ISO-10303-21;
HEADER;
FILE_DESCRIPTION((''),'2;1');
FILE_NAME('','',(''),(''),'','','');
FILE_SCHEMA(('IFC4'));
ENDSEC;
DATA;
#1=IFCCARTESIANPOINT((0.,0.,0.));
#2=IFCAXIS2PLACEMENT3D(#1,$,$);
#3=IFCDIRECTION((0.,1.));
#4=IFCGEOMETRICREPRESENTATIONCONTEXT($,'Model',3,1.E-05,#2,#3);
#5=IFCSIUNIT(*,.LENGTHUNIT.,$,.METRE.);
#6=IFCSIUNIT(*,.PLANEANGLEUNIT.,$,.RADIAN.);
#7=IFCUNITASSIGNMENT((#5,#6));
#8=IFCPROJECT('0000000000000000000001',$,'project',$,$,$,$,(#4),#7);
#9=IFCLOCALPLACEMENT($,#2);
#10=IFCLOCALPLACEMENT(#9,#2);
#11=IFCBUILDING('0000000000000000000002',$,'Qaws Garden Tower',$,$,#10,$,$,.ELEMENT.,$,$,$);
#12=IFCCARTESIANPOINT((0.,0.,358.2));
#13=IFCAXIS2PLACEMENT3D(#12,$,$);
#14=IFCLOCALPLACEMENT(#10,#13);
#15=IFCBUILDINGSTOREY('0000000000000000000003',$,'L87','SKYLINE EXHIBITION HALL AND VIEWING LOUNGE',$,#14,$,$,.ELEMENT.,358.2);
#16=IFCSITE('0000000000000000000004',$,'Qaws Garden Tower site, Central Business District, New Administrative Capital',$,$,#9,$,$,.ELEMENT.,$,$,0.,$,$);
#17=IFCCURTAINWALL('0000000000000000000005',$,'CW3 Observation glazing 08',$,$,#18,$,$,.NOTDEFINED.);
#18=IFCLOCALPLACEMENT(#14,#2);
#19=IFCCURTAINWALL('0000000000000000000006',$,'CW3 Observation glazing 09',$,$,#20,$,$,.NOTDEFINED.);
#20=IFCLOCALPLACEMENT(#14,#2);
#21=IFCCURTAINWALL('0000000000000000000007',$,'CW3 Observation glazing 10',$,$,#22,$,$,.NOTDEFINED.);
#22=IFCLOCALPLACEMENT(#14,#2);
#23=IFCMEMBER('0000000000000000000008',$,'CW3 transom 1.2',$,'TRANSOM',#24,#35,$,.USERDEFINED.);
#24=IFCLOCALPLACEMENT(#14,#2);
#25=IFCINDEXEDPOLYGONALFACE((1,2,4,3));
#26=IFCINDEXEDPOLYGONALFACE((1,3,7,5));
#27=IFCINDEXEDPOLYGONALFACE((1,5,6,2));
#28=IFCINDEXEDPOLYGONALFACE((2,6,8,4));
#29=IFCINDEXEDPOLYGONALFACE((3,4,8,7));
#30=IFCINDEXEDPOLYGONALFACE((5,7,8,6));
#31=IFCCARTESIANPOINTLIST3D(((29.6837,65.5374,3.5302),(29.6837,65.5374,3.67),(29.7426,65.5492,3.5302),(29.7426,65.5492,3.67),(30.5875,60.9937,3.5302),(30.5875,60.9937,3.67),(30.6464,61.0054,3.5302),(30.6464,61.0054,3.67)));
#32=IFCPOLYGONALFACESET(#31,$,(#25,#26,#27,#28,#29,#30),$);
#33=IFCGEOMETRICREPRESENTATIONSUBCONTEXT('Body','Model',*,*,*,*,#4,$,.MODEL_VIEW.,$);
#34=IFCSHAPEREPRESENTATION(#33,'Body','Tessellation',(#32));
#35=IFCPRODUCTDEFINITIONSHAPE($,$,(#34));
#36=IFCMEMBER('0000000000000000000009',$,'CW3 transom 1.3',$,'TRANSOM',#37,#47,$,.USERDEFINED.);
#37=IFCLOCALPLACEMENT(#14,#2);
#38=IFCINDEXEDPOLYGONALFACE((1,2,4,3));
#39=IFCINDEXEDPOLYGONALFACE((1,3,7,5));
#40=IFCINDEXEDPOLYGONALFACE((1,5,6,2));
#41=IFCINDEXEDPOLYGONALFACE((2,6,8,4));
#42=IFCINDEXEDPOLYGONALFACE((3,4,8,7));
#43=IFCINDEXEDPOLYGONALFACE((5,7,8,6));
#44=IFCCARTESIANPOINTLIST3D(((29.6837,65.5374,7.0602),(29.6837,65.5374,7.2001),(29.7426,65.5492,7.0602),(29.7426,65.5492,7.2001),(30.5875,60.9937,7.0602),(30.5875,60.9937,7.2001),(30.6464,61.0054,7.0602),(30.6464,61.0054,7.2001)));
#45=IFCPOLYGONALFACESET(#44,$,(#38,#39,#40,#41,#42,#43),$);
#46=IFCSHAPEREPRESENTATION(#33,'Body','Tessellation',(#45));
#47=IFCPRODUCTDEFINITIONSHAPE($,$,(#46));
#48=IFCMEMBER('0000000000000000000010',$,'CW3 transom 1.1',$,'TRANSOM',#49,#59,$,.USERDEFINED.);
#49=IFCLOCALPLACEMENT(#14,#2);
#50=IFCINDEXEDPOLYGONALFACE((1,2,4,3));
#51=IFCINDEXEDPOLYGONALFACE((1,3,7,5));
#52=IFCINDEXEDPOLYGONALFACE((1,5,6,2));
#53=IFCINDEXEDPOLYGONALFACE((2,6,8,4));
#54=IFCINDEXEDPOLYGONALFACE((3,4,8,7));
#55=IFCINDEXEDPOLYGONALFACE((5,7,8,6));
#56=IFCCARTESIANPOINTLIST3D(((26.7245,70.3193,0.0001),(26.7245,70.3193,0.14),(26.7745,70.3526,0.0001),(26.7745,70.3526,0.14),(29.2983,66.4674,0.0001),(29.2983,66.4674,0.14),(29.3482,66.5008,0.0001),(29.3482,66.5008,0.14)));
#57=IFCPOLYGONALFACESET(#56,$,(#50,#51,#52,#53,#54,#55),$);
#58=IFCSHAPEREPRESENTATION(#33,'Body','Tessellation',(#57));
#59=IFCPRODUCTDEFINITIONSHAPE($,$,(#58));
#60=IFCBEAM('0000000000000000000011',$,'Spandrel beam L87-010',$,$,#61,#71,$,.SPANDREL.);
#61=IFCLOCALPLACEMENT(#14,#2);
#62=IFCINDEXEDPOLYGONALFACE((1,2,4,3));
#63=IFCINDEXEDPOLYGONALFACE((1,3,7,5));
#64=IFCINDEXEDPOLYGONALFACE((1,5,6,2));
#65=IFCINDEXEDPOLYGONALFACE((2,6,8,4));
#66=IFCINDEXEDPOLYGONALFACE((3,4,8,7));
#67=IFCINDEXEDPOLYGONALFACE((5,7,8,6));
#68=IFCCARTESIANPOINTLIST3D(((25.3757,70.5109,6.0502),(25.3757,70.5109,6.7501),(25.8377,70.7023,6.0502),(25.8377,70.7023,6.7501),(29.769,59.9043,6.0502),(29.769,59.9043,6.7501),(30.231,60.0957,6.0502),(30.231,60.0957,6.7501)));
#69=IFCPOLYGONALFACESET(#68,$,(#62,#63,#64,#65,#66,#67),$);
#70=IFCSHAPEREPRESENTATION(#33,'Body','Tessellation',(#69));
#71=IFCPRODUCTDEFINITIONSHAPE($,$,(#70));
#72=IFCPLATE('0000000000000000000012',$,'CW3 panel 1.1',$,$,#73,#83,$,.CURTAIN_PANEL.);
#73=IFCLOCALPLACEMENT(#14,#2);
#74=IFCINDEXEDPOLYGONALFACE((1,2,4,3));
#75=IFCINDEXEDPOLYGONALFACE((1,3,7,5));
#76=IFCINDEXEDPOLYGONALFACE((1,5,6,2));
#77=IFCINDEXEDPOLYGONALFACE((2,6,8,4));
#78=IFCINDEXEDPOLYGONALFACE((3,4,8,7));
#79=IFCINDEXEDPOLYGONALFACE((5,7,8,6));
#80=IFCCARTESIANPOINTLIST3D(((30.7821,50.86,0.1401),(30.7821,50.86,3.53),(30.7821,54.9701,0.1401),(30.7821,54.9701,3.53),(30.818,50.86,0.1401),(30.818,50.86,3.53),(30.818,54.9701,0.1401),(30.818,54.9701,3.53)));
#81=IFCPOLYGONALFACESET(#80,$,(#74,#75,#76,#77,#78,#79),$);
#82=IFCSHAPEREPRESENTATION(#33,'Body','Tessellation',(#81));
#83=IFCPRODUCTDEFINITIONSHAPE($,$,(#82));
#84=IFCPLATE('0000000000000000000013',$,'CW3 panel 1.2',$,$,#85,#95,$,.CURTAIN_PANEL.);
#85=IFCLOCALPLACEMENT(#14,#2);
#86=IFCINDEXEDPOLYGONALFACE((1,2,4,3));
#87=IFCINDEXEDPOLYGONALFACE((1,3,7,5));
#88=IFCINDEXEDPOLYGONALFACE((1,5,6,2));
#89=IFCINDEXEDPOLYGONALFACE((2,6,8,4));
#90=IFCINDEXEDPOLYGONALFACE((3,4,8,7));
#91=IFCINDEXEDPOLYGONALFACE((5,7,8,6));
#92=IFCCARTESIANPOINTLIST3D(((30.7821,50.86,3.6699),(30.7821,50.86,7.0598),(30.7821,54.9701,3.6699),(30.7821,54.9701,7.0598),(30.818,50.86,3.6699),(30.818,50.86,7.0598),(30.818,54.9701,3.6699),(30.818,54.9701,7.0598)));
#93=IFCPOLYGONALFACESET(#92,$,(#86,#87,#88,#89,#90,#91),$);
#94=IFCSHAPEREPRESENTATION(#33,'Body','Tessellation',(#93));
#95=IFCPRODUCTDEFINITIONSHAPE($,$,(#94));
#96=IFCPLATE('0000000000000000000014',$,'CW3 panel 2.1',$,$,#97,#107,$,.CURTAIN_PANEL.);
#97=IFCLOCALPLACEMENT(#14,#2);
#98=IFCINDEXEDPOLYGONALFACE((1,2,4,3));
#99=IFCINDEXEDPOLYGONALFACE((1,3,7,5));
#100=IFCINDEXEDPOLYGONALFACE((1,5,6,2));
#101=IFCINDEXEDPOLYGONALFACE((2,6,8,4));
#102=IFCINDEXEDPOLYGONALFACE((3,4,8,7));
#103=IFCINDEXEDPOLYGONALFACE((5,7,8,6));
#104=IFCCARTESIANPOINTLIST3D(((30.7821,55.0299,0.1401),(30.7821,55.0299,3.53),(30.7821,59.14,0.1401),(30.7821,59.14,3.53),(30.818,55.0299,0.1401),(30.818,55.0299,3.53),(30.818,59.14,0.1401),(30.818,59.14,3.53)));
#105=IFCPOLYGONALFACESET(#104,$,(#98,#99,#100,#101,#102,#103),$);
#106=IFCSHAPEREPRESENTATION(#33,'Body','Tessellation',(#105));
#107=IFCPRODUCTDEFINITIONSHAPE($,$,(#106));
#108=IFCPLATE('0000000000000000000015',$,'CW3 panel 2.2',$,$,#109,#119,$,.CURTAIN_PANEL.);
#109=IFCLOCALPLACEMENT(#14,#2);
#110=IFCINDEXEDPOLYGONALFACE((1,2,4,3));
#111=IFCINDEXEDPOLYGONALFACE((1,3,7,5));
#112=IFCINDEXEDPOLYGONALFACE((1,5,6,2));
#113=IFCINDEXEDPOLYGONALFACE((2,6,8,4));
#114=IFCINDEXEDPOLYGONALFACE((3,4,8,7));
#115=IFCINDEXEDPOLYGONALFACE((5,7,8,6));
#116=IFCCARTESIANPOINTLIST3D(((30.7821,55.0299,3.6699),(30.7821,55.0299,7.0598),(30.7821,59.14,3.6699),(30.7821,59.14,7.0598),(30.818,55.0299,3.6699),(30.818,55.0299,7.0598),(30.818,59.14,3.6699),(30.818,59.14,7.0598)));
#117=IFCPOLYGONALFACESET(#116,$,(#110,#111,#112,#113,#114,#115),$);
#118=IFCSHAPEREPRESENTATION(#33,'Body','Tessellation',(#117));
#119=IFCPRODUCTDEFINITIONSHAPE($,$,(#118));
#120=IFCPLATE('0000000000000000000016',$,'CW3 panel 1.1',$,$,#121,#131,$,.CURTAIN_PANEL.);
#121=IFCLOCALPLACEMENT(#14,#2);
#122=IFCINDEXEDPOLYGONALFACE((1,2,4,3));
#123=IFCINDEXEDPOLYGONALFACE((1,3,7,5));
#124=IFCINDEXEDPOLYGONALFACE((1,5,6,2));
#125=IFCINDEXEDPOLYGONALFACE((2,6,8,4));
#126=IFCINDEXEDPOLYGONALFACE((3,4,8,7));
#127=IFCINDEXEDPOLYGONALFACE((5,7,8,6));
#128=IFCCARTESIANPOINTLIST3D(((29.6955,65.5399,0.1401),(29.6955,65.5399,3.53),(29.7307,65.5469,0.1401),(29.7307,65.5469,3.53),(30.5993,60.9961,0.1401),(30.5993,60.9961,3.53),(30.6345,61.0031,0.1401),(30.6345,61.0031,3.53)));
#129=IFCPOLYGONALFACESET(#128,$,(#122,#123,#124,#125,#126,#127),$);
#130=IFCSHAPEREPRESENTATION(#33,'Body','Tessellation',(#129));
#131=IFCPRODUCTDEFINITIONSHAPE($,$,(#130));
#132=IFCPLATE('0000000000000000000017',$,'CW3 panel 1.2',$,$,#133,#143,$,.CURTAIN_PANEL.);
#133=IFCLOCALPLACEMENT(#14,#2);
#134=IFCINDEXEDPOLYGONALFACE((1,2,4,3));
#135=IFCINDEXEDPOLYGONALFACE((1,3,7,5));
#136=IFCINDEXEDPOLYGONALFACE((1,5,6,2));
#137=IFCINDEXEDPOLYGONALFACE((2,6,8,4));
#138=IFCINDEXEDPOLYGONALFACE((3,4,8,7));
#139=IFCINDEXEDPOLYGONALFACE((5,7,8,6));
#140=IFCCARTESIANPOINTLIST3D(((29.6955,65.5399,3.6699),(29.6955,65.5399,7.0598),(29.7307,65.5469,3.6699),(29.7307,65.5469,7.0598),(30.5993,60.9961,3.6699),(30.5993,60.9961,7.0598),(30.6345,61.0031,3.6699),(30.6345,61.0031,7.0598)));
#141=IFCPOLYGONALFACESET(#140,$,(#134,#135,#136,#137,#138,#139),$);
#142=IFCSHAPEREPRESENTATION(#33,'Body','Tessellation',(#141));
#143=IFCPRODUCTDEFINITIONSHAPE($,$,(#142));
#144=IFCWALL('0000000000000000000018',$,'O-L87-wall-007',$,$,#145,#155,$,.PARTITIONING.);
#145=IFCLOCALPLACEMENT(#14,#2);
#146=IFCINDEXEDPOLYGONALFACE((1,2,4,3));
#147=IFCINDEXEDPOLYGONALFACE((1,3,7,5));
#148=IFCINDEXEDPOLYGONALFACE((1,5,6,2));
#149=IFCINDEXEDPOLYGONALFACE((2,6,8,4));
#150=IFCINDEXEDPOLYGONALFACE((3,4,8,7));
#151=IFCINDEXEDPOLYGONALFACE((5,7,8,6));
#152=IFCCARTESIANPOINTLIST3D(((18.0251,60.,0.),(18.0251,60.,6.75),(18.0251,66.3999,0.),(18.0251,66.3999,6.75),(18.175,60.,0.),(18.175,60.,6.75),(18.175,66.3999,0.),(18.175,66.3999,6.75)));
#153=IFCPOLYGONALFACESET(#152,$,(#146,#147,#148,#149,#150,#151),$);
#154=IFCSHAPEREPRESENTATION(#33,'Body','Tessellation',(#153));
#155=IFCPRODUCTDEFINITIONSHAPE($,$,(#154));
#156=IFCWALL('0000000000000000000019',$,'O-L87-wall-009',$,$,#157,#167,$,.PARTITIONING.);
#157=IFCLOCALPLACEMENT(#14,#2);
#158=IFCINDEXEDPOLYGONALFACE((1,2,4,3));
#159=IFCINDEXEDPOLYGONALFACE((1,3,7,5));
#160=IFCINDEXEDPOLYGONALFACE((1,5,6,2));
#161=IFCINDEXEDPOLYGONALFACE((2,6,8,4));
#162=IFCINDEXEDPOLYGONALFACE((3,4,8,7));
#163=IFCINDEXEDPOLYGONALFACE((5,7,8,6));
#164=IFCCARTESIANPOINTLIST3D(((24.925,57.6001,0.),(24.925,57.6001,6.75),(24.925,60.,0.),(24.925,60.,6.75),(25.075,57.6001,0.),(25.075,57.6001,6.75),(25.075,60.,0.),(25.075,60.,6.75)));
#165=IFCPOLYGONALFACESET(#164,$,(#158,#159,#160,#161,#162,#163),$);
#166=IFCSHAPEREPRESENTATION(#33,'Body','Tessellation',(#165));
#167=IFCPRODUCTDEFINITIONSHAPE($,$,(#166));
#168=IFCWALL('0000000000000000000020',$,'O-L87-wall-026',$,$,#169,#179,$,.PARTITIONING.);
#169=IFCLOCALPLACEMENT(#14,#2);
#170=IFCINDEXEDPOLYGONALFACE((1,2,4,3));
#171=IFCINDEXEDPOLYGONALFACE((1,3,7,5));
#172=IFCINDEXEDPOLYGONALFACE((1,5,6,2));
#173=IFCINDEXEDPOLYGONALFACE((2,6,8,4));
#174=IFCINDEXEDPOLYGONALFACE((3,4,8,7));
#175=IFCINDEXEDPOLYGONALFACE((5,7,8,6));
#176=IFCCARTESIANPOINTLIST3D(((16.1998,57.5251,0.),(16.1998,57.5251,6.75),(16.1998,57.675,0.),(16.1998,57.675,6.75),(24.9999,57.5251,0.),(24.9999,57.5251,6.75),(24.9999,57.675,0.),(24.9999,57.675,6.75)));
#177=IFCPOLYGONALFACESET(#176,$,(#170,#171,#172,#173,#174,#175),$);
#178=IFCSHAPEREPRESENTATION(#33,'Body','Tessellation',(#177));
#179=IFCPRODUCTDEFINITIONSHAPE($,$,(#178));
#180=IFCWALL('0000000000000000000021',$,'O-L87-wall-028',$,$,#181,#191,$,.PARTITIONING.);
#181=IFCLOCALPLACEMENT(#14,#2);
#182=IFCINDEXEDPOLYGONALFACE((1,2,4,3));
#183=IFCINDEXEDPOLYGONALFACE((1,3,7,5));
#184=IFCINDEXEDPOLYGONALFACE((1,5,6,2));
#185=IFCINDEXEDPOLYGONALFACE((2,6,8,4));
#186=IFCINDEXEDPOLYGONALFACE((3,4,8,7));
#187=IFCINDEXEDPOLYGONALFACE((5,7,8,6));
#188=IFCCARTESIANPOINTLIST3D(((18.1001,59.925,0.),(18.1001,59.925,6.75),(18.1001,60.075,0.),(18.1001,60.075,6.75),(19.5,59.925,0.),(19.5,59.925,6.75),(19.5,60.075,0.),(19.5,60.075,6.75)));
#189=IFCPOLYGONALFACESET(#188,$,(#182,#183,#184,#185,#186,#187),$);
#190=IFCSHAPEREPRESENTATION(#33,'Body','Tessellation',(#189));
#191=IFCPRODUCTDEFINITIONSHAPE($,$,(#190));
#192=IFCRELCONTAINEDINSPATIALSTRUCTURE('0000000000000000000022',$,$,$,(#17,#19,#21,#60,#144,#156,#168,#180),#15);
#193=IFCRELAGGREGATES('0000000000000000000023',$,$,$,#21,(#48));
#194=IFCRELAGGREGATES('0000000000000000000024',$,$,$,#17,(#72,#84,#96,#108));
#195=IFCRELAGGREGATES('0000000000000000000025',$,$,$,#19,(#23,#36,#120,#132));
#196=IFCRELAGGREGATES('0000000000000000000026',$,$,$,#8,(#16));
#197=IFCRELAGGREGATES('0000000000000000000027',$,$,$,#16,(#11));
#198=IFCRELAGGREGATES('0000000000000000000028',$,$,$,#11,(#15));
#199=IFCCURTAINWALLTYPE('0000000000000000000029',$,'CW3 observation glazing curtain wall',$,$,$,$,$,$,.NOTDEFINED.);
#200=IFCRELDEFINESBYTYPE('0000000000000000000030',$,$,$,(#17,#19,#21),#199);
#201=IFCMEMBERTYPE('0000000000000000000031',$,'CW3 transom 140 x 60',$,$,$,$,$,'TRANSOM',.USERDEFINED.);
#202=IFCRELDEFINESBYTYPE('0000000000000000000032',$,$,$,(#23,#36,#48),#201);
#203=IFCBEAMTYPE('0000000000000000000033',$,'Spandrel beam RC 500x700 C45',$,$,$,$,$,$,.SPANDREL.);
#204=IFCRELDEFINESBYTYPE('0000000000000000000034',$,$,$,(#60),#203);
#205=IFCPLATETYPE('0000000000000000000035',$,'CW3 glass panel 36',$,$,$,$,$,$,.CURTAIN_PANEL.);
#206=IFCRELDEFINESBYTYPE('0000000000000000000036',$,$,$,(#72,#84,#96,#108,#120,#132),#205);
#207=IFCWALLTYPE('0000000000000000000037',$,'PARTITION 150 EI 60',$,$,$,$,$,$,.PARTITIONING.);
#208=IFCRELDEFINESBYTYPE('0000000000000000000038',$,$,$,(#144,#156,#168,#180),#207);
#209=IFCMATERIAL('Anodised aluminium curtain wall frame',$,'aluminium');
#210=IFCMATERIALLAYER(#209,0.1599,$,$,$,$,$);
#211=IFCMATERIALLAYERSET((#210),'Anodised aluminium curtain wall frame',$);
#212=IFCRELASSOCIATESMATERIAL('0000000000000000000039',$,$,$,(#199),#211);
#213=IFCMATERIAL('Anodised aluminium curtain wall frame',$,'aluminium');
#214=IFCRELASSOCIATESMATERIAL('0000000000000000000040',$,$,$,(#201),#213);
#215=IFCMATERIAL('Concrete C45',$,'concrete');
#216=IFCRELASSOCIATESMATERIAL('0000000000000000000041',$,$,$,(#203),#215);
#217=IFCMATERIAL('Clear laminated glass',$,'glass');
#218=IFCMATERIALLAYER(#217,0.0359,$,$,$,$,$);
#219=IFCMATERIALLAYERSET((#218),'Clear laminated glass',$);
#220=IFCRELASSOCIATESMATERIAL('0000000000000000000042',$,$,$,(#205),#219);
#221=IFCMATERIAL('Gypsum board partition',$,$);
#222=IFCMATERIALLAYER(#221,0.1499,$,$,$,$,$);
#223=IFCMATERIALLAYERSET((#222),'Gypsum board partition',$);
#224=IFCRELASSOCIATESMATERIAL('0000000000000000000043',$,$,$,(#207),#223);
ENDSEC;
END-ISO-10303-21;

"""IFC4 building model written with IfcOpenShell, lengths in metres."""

from ifc_helpers import new_model, si_unit, direction, frame, frame_2d, origin, origin_2d, place, context, subcontext, project, spatial, rectangle, extrude, material, layer, layer_set, material_profile, profile_set, type_object, element, aggregate, save


model = new_model("IFC4")

# Units and contexts
model_context = context("Model", 3, precision=1e-05, world=origin(), true_north=direction((0.0, 1.0)))
body_context = subcontext(model_context, "Body", "Model", "MODEL_VIEW")
ifc_project = project(units=[si_unit("LENGTHUNIT", "METRE"), si_unit("PLANEANGLEUNIT", "RADIAN")], contexts=[model_context])

# Site, building, storey
site_placement = place(None, origin())
site = spatial("IfcSite", under=ifc_project, at=site_placement, Name="Qaws Garden Tower site, Central Business District, New Administrative Capital", CompositionType="ELEMENT", RefElevation=0.0)
building_placement = place(site_placement, origin())
building = spatial("IfcBuilding", under=site, at=building_placement, Name="Qaws Garden Tower", CompositionType="ELEMENT")
storey_placement = place(building_placement, frame((0.0, 0.0, 358.2)))
storey = spatial("IfcBuildingStorey", under=building, at=storey_placement, Name="L87", Description="SKYLINE EXHIBITION HALL AND VIEWING LOUNGE", CompositionType="ELEMENT", Elevation=358.2)

# Curtain walls
ifc_material_1 = material(Name="Anodised aluminium curtain wall frame", Category="aluminium")
ifc_layer_1 = layer(ifc_material_1, 0.1599)
ifc_layer_set_1 = layer_set([ifc_layer_1], Name="Anodised aluminium curtain wall frame")
curtain_wall_type = type_object("IfcCurtainWallType", Name="CW3 observation glazing curtain wall", PredefinedType="NOTDEFINED", material=ifc_layer_set_1)
placement = place(storey_placement, origin())
curtain_wall_1 = element("IfcCurtainWall", 1, at=placement, inside=storey, type_object=curtain_wall_type, Name="CW3 Observation glazing 08", PredefinedType="NOTDEFINED")
curtain_wall_2 = element("IfcCurtainWall", 2, at=placement, inside=storey, type_object=curtain_wall_type, Name="CW3 Observation glazing 09", PredefinedType="NOTDEFINED")

# Curtain wall
curtain_wall_3 = element("IfcCurtainWall", 3, at=placement, inside=storey, type_object=curtain_wall_type, Name="CW3 Observation glazing 10", PredefinedType="NOTDEFINED")

# Members
ifc_material_2 = material(Name="Anodised aluminium curtain wall frame", Category="aluminium")
ifc_material_profile_1 = material_profile(ifc_material_2, rectangle(XDim=0.0601, YDim=0.1399, at=origin_2d()), Name="AL 60x140")
ifc_profile_set_1 = profile_set([ifc_material_profile_1], Name="Anodised aluminium curtain wall frame")
member_type_1 = type_object("IfcMemberType", Name="CW3 transom 140 x 60", ElementType="TRANSOM", PredefinedType="USERDEFINED", material=ifc_profile_set_1)
member_1_placement = place(storey_placement, frame((30.6169, 60.9995, 3.6001), z_axis=(-0.195092, 0.980785, 0.0), x_axis=(-0.980785, -0.195092, 0.0)))
member_1 = element("IfcMember", 4, at=member_1_placement, type_object=member_type_1, Name="CW3 transom 1.2", ObjectType="TRANSOM", PredefinedType="USERDEFINED", context=body_context, shape_type="SweptSolid", body=[
    extrude(rectangle(XDim=0.0601, YDim=0.1399, at=origin_2d()), origin(), (0.0, 0.0, 1.0), 4.6328),
])
member_2_placement = place(storey_placement, frame((30.6169, 60.9995, 7.1301), z_axis=(-0.195092, 0.980785, 0.0), x_axis=(-0.980785, -0.195092, 0.0)))
member_2 = element("IfcMember", 5, at=member_2_placement, type_object=member_type_1, Name="CW3 transom 1.3", ObjectType="TRANSOM", PredefinedType="USERDEFINED", context=body_context, shape_type="SweptSolid", body=[
    extrude(rectangle(XDim=0.0601, YDim=0.1399, at=origin_2d()), origin(), (0.0, 0.0, 1.0), 4.6328),
])
member_3_placement = place(storey_placement, frame((29.3232, 66.4841, 0.0701), z_axis=(-0.555576, 0.831466, 0.0), x_axis=(-0.831466, -0.555576, 0.0)))
member_3 = element("IfcMember", 6, at=member_3_placement, type_object=member_type_1, Name="CW3 transom 1.1", ObjectType="TRANSOM", PredefinedType="USERDEFINED", context=body_context, shape_type="SweptSolid", body=[
    extrude(rectangle(XDim=0.0601, YDim=0.1399, at=origin_2d()), origin(), (0.0, 0.0, 1.0), 4.6326),
])
aggregate(curtain_wall_3, [member_3])

# Beam
ifc_material_3 = material(Name="Concrete C45", Category="concrete")
ifc_material_profile_2 = material_profile(ifc_material_3, rectangle(XDim=0.5, YDim=0.7, at=origin_2d()), Name="RC 500x700")
ifc_profile_set_2 = profile_set([ifc_material_profile_2], Name="Concrete C45")
beam_type = type_object("IfcBeamType", Name="Spandrel beam RC 500x700 C45", PredefinedType="SPANDREL", material=ifc_profile_set_2)
beam_placement = place(storey_placement, frame((30.0, 60.0, 6.4001), z_axis=(-0.382674, 0.923883, 0.0), x_axis=(-0.923883, -0.382674, 0.0)))
element("IfcBeam", 7, at=beam_placement, inside=storey, type_object=beam_type, Name="Spandrel beam L87-010", PredefinedType="SPANDREL", context=body_context, shape_type="SweptSolid", body=[
    extrude(rectangle(XDim=0.5, YDim=0.7, at=origin_2d()), origin(), (0.0, 0.0, 1.0), 11.4805),
])

# Plates
ifc_material_4 = material(Name="Clear laminated glass", Category="glass")
ifc_layer_2 = layer(ifc_material_4, 0.0359)
ifc_layer_set_2 = layer_set([ifc_layer_2], Name="Clear laminated glass")
plate_type = type_object("IfcPlateType", Name="CW3 glass panel 36", PredefinedType="CURTAIN_PANEL", material=ifc_layer_set_2)
plate_1_placement = place(storey_placement, frame((30.8, 52.915, 0.1401), z_axis=(0.0, 0.0, 1.0), x_axis=(0.0, 1.0, 0.0)))
plate_1 = element("IfcPlate", 8, at=plate_1_placement, type_object=plate_type, Name="CW3 panel 1.1", PredefinedType="CURTAIN_PANEL", context=body_context, shape_type="SweptSolid", body=[
    extrude(rectangle(XDim=4.1101, YDim=0.0359, at=origin_2d()), origin(), (0.0, 0.0, 1.0), 3.3899),
])
plate_2_placement = place(storey_placement, frame((30.8, 52.915, 3.6699), z_axis=(0.0, 0.0, 1.0), x_axis=(0.0, 1.0, 0.0)))
plate_2 = element("IfcPlate", 9, at=plate_2_placement, type_object=plate_type, Name="CW3 panel 1.2", PredefinedType="CURTAIN_PANEL", context=body_context, shape_type="SweptSolid", body=[
    extrude(rectangle(XDim=4.1101, YDim=0.0359, at=origin_2d()), origin(), (0.0, 0.0, 1.0), 3.3899),
])
plate_3_placement = place(storey_placement, frame((30.8, 57.085, 0.1401), z_axis=(0.0, 0.0, 1.0), x_axis=(0.0, 1.0, 0.0)))
plate_3 = element("IfcPlate", 10, at=plate_3_placement, type_object=plate_type, Name="CW3 panel 2.1", PredefinedType="CURTAIN_PANEL", context=body_context, shape_type="SweptSolid", body=[
    extrude(rectangle(XDim=4.1101, YDim=0.0359, at=origin_2d()), origin(), (0.0, 0.0, 1.0), 3.3899),
])
plate_4_placement = place(storey_placement, frame((30.8, 57.085, 3.6699), z_axis=(0.0, 0.0, 1.0), x_axis=(0.0, 1.0, 0.0)))
plate_4 = element("IfcPlate", 11, at=plate_4_placement, type_object=plate_type, Name="CW3 panel 2.2", PredefinedType="CURTAIN_PANEL", context=body_context, shape_type="SweptSolid", body=[
    extrude(rectangle(XDim=4.1101, YDim=0.0359, at=origin_2d()), origin(), (0.0, 0.0, 1.0), 3.3899),
])
aggregate(curtain_wall_1, [plate_1, plate_2, plate_3, plate_4])
plate_5_placement = place(storey_placement, frame((30.165, 63.2715, 0.1401), z_axis=(0.0, 0.0, 1.0), x_axis=(-0.19509, 0.980785, 0.0)))
plate_5 = element("IfcPlate", 12, at=plate_5_placement, type_object=plate_type, Name="CW3 panel 1.1", PredefinedType="CURTAIN_PANEL", context=body_context, shape_type="SweptSolid", body=[
    extrude(rectangle(XDim=4.6328, YDim=0.0359, at=origin_2d()), origin(), (0.0, 0.0, 1.0), 3.3899),
])
plate_6_placement = place(storey_placement, frame((30.165, 63.2715, 3.6699), z_axis=(0.0, 0.0, 1.0), x_axis=(-0.19509, 0.980785, 0.0)))
plate_6 = element("IfcPlate", 13, at=plate_6_placement, type_object=plate_type, Name="CW3 panel 1.2", PredefinedType="CURTAIN_PANEL", context=body_context, shape_type="SweptSolid", body=[
    extrude(rectangle(XDim=4.6328, YDim=0.0359, at=origin_2d()), origin(), (0.0, 0.0, 1.0), 3.3899),
])
aggregate(curtain_wall_2, [member_1, member_2, plate_5, plate_6])

# Walls
ifc_material_5 = material(Name="Gypsum board partition")
ifc_layer_3 = layer(ifc_material_5, 0.1499)
ifc_layer_set_3 = layer_set([ifc_layer_3], Name="Gypsum board partition")
wall_type = type_object("IfcWallType", Name="PARTITION 150 EI 60", PredefinedType="PARTITIONING", material=ifc_layer_set_3)
wall_1_placement = place(storey_placement, frame((18.1001, 60.0, 0.0), z_axis=(0.0, 0.0, 1.0), x_axis=(0.0, 1.0, 0.0)))
element("IfcWall", 14, at=wall_1_placement, inside=storey, type_object=wall_type, Name="O-L87-wall-007", PredefinedType="PARTITIONING", context=body_context, shape_type="SweptSolid", body=[
    extrude(rectangle(XDim=6.3999, YDim=0.1499, at=frame_2d((3.2, 0.0))), origin(), (0.0, 0.0, 1.0), 6.75),
])
wall_2_placement = place(storey_placement, frame((25.0, 57.6001, 0.0), z_axis=(0.0, 0.0, 1.0), x_axis=(0.0, 1.0, 0.0)))
element("IfcWall", 15, at=wall_2_placement, inside=storey, type_object=wall_type, Name="O-L87-wall-009", PredefinedType="PARTITIONING", context=body_context, shape_type="SweptSolid", body=[
    extrude(rectangle(XDim=2.3999, YDim=0.1499, at=frame_2d((1.2, 0.0))), origin(), (0.0, 0.0, 1.0), 6.75),
])
wall_3_placement = place(storey_placement, frame((16.2, 57.6001, 0.0), z_axis=(0.0, 0.0, 1.0), x_axis=(1.0, 0.0, 0.0)))
element("IfcWall", 16, at=wall_3_placement, inside=storey, type_object=wall_type, Name="O-L87-wall-026", PredefinedType="PARTITIONING", context=body_context, shape_type="SweptSolid", body=[
    extrude(rectangle(XDim=8.8, YDim=0.1499, at=frame_2d((4.3999, 0.0))), origin(), (0.0, 0.0, 1.0), 6.75),
])
wall_4_placement = place(storey_placement, frame((18.1001, 60.0, 0.0), z_axis=(0.0, 0.0, 1.0), x_axis=(1.0, 0.0, 0.0)))
element("IfcWall", 17, at=wall_4_placement, inside=storey, type_object=wall_type, Name="O-L87-wall-028", PredefinedType="PARTITIONING", context=body_context, shape_type="SweptSolid", body=[
    extrude(rectangle(XDim=1.3999, YDim=0.1499, at=frame_2d((0.7, 0.0))), origin(), (0.0, 0.0, 1.0), 6.75),
])

save(model, "model.ifc")
